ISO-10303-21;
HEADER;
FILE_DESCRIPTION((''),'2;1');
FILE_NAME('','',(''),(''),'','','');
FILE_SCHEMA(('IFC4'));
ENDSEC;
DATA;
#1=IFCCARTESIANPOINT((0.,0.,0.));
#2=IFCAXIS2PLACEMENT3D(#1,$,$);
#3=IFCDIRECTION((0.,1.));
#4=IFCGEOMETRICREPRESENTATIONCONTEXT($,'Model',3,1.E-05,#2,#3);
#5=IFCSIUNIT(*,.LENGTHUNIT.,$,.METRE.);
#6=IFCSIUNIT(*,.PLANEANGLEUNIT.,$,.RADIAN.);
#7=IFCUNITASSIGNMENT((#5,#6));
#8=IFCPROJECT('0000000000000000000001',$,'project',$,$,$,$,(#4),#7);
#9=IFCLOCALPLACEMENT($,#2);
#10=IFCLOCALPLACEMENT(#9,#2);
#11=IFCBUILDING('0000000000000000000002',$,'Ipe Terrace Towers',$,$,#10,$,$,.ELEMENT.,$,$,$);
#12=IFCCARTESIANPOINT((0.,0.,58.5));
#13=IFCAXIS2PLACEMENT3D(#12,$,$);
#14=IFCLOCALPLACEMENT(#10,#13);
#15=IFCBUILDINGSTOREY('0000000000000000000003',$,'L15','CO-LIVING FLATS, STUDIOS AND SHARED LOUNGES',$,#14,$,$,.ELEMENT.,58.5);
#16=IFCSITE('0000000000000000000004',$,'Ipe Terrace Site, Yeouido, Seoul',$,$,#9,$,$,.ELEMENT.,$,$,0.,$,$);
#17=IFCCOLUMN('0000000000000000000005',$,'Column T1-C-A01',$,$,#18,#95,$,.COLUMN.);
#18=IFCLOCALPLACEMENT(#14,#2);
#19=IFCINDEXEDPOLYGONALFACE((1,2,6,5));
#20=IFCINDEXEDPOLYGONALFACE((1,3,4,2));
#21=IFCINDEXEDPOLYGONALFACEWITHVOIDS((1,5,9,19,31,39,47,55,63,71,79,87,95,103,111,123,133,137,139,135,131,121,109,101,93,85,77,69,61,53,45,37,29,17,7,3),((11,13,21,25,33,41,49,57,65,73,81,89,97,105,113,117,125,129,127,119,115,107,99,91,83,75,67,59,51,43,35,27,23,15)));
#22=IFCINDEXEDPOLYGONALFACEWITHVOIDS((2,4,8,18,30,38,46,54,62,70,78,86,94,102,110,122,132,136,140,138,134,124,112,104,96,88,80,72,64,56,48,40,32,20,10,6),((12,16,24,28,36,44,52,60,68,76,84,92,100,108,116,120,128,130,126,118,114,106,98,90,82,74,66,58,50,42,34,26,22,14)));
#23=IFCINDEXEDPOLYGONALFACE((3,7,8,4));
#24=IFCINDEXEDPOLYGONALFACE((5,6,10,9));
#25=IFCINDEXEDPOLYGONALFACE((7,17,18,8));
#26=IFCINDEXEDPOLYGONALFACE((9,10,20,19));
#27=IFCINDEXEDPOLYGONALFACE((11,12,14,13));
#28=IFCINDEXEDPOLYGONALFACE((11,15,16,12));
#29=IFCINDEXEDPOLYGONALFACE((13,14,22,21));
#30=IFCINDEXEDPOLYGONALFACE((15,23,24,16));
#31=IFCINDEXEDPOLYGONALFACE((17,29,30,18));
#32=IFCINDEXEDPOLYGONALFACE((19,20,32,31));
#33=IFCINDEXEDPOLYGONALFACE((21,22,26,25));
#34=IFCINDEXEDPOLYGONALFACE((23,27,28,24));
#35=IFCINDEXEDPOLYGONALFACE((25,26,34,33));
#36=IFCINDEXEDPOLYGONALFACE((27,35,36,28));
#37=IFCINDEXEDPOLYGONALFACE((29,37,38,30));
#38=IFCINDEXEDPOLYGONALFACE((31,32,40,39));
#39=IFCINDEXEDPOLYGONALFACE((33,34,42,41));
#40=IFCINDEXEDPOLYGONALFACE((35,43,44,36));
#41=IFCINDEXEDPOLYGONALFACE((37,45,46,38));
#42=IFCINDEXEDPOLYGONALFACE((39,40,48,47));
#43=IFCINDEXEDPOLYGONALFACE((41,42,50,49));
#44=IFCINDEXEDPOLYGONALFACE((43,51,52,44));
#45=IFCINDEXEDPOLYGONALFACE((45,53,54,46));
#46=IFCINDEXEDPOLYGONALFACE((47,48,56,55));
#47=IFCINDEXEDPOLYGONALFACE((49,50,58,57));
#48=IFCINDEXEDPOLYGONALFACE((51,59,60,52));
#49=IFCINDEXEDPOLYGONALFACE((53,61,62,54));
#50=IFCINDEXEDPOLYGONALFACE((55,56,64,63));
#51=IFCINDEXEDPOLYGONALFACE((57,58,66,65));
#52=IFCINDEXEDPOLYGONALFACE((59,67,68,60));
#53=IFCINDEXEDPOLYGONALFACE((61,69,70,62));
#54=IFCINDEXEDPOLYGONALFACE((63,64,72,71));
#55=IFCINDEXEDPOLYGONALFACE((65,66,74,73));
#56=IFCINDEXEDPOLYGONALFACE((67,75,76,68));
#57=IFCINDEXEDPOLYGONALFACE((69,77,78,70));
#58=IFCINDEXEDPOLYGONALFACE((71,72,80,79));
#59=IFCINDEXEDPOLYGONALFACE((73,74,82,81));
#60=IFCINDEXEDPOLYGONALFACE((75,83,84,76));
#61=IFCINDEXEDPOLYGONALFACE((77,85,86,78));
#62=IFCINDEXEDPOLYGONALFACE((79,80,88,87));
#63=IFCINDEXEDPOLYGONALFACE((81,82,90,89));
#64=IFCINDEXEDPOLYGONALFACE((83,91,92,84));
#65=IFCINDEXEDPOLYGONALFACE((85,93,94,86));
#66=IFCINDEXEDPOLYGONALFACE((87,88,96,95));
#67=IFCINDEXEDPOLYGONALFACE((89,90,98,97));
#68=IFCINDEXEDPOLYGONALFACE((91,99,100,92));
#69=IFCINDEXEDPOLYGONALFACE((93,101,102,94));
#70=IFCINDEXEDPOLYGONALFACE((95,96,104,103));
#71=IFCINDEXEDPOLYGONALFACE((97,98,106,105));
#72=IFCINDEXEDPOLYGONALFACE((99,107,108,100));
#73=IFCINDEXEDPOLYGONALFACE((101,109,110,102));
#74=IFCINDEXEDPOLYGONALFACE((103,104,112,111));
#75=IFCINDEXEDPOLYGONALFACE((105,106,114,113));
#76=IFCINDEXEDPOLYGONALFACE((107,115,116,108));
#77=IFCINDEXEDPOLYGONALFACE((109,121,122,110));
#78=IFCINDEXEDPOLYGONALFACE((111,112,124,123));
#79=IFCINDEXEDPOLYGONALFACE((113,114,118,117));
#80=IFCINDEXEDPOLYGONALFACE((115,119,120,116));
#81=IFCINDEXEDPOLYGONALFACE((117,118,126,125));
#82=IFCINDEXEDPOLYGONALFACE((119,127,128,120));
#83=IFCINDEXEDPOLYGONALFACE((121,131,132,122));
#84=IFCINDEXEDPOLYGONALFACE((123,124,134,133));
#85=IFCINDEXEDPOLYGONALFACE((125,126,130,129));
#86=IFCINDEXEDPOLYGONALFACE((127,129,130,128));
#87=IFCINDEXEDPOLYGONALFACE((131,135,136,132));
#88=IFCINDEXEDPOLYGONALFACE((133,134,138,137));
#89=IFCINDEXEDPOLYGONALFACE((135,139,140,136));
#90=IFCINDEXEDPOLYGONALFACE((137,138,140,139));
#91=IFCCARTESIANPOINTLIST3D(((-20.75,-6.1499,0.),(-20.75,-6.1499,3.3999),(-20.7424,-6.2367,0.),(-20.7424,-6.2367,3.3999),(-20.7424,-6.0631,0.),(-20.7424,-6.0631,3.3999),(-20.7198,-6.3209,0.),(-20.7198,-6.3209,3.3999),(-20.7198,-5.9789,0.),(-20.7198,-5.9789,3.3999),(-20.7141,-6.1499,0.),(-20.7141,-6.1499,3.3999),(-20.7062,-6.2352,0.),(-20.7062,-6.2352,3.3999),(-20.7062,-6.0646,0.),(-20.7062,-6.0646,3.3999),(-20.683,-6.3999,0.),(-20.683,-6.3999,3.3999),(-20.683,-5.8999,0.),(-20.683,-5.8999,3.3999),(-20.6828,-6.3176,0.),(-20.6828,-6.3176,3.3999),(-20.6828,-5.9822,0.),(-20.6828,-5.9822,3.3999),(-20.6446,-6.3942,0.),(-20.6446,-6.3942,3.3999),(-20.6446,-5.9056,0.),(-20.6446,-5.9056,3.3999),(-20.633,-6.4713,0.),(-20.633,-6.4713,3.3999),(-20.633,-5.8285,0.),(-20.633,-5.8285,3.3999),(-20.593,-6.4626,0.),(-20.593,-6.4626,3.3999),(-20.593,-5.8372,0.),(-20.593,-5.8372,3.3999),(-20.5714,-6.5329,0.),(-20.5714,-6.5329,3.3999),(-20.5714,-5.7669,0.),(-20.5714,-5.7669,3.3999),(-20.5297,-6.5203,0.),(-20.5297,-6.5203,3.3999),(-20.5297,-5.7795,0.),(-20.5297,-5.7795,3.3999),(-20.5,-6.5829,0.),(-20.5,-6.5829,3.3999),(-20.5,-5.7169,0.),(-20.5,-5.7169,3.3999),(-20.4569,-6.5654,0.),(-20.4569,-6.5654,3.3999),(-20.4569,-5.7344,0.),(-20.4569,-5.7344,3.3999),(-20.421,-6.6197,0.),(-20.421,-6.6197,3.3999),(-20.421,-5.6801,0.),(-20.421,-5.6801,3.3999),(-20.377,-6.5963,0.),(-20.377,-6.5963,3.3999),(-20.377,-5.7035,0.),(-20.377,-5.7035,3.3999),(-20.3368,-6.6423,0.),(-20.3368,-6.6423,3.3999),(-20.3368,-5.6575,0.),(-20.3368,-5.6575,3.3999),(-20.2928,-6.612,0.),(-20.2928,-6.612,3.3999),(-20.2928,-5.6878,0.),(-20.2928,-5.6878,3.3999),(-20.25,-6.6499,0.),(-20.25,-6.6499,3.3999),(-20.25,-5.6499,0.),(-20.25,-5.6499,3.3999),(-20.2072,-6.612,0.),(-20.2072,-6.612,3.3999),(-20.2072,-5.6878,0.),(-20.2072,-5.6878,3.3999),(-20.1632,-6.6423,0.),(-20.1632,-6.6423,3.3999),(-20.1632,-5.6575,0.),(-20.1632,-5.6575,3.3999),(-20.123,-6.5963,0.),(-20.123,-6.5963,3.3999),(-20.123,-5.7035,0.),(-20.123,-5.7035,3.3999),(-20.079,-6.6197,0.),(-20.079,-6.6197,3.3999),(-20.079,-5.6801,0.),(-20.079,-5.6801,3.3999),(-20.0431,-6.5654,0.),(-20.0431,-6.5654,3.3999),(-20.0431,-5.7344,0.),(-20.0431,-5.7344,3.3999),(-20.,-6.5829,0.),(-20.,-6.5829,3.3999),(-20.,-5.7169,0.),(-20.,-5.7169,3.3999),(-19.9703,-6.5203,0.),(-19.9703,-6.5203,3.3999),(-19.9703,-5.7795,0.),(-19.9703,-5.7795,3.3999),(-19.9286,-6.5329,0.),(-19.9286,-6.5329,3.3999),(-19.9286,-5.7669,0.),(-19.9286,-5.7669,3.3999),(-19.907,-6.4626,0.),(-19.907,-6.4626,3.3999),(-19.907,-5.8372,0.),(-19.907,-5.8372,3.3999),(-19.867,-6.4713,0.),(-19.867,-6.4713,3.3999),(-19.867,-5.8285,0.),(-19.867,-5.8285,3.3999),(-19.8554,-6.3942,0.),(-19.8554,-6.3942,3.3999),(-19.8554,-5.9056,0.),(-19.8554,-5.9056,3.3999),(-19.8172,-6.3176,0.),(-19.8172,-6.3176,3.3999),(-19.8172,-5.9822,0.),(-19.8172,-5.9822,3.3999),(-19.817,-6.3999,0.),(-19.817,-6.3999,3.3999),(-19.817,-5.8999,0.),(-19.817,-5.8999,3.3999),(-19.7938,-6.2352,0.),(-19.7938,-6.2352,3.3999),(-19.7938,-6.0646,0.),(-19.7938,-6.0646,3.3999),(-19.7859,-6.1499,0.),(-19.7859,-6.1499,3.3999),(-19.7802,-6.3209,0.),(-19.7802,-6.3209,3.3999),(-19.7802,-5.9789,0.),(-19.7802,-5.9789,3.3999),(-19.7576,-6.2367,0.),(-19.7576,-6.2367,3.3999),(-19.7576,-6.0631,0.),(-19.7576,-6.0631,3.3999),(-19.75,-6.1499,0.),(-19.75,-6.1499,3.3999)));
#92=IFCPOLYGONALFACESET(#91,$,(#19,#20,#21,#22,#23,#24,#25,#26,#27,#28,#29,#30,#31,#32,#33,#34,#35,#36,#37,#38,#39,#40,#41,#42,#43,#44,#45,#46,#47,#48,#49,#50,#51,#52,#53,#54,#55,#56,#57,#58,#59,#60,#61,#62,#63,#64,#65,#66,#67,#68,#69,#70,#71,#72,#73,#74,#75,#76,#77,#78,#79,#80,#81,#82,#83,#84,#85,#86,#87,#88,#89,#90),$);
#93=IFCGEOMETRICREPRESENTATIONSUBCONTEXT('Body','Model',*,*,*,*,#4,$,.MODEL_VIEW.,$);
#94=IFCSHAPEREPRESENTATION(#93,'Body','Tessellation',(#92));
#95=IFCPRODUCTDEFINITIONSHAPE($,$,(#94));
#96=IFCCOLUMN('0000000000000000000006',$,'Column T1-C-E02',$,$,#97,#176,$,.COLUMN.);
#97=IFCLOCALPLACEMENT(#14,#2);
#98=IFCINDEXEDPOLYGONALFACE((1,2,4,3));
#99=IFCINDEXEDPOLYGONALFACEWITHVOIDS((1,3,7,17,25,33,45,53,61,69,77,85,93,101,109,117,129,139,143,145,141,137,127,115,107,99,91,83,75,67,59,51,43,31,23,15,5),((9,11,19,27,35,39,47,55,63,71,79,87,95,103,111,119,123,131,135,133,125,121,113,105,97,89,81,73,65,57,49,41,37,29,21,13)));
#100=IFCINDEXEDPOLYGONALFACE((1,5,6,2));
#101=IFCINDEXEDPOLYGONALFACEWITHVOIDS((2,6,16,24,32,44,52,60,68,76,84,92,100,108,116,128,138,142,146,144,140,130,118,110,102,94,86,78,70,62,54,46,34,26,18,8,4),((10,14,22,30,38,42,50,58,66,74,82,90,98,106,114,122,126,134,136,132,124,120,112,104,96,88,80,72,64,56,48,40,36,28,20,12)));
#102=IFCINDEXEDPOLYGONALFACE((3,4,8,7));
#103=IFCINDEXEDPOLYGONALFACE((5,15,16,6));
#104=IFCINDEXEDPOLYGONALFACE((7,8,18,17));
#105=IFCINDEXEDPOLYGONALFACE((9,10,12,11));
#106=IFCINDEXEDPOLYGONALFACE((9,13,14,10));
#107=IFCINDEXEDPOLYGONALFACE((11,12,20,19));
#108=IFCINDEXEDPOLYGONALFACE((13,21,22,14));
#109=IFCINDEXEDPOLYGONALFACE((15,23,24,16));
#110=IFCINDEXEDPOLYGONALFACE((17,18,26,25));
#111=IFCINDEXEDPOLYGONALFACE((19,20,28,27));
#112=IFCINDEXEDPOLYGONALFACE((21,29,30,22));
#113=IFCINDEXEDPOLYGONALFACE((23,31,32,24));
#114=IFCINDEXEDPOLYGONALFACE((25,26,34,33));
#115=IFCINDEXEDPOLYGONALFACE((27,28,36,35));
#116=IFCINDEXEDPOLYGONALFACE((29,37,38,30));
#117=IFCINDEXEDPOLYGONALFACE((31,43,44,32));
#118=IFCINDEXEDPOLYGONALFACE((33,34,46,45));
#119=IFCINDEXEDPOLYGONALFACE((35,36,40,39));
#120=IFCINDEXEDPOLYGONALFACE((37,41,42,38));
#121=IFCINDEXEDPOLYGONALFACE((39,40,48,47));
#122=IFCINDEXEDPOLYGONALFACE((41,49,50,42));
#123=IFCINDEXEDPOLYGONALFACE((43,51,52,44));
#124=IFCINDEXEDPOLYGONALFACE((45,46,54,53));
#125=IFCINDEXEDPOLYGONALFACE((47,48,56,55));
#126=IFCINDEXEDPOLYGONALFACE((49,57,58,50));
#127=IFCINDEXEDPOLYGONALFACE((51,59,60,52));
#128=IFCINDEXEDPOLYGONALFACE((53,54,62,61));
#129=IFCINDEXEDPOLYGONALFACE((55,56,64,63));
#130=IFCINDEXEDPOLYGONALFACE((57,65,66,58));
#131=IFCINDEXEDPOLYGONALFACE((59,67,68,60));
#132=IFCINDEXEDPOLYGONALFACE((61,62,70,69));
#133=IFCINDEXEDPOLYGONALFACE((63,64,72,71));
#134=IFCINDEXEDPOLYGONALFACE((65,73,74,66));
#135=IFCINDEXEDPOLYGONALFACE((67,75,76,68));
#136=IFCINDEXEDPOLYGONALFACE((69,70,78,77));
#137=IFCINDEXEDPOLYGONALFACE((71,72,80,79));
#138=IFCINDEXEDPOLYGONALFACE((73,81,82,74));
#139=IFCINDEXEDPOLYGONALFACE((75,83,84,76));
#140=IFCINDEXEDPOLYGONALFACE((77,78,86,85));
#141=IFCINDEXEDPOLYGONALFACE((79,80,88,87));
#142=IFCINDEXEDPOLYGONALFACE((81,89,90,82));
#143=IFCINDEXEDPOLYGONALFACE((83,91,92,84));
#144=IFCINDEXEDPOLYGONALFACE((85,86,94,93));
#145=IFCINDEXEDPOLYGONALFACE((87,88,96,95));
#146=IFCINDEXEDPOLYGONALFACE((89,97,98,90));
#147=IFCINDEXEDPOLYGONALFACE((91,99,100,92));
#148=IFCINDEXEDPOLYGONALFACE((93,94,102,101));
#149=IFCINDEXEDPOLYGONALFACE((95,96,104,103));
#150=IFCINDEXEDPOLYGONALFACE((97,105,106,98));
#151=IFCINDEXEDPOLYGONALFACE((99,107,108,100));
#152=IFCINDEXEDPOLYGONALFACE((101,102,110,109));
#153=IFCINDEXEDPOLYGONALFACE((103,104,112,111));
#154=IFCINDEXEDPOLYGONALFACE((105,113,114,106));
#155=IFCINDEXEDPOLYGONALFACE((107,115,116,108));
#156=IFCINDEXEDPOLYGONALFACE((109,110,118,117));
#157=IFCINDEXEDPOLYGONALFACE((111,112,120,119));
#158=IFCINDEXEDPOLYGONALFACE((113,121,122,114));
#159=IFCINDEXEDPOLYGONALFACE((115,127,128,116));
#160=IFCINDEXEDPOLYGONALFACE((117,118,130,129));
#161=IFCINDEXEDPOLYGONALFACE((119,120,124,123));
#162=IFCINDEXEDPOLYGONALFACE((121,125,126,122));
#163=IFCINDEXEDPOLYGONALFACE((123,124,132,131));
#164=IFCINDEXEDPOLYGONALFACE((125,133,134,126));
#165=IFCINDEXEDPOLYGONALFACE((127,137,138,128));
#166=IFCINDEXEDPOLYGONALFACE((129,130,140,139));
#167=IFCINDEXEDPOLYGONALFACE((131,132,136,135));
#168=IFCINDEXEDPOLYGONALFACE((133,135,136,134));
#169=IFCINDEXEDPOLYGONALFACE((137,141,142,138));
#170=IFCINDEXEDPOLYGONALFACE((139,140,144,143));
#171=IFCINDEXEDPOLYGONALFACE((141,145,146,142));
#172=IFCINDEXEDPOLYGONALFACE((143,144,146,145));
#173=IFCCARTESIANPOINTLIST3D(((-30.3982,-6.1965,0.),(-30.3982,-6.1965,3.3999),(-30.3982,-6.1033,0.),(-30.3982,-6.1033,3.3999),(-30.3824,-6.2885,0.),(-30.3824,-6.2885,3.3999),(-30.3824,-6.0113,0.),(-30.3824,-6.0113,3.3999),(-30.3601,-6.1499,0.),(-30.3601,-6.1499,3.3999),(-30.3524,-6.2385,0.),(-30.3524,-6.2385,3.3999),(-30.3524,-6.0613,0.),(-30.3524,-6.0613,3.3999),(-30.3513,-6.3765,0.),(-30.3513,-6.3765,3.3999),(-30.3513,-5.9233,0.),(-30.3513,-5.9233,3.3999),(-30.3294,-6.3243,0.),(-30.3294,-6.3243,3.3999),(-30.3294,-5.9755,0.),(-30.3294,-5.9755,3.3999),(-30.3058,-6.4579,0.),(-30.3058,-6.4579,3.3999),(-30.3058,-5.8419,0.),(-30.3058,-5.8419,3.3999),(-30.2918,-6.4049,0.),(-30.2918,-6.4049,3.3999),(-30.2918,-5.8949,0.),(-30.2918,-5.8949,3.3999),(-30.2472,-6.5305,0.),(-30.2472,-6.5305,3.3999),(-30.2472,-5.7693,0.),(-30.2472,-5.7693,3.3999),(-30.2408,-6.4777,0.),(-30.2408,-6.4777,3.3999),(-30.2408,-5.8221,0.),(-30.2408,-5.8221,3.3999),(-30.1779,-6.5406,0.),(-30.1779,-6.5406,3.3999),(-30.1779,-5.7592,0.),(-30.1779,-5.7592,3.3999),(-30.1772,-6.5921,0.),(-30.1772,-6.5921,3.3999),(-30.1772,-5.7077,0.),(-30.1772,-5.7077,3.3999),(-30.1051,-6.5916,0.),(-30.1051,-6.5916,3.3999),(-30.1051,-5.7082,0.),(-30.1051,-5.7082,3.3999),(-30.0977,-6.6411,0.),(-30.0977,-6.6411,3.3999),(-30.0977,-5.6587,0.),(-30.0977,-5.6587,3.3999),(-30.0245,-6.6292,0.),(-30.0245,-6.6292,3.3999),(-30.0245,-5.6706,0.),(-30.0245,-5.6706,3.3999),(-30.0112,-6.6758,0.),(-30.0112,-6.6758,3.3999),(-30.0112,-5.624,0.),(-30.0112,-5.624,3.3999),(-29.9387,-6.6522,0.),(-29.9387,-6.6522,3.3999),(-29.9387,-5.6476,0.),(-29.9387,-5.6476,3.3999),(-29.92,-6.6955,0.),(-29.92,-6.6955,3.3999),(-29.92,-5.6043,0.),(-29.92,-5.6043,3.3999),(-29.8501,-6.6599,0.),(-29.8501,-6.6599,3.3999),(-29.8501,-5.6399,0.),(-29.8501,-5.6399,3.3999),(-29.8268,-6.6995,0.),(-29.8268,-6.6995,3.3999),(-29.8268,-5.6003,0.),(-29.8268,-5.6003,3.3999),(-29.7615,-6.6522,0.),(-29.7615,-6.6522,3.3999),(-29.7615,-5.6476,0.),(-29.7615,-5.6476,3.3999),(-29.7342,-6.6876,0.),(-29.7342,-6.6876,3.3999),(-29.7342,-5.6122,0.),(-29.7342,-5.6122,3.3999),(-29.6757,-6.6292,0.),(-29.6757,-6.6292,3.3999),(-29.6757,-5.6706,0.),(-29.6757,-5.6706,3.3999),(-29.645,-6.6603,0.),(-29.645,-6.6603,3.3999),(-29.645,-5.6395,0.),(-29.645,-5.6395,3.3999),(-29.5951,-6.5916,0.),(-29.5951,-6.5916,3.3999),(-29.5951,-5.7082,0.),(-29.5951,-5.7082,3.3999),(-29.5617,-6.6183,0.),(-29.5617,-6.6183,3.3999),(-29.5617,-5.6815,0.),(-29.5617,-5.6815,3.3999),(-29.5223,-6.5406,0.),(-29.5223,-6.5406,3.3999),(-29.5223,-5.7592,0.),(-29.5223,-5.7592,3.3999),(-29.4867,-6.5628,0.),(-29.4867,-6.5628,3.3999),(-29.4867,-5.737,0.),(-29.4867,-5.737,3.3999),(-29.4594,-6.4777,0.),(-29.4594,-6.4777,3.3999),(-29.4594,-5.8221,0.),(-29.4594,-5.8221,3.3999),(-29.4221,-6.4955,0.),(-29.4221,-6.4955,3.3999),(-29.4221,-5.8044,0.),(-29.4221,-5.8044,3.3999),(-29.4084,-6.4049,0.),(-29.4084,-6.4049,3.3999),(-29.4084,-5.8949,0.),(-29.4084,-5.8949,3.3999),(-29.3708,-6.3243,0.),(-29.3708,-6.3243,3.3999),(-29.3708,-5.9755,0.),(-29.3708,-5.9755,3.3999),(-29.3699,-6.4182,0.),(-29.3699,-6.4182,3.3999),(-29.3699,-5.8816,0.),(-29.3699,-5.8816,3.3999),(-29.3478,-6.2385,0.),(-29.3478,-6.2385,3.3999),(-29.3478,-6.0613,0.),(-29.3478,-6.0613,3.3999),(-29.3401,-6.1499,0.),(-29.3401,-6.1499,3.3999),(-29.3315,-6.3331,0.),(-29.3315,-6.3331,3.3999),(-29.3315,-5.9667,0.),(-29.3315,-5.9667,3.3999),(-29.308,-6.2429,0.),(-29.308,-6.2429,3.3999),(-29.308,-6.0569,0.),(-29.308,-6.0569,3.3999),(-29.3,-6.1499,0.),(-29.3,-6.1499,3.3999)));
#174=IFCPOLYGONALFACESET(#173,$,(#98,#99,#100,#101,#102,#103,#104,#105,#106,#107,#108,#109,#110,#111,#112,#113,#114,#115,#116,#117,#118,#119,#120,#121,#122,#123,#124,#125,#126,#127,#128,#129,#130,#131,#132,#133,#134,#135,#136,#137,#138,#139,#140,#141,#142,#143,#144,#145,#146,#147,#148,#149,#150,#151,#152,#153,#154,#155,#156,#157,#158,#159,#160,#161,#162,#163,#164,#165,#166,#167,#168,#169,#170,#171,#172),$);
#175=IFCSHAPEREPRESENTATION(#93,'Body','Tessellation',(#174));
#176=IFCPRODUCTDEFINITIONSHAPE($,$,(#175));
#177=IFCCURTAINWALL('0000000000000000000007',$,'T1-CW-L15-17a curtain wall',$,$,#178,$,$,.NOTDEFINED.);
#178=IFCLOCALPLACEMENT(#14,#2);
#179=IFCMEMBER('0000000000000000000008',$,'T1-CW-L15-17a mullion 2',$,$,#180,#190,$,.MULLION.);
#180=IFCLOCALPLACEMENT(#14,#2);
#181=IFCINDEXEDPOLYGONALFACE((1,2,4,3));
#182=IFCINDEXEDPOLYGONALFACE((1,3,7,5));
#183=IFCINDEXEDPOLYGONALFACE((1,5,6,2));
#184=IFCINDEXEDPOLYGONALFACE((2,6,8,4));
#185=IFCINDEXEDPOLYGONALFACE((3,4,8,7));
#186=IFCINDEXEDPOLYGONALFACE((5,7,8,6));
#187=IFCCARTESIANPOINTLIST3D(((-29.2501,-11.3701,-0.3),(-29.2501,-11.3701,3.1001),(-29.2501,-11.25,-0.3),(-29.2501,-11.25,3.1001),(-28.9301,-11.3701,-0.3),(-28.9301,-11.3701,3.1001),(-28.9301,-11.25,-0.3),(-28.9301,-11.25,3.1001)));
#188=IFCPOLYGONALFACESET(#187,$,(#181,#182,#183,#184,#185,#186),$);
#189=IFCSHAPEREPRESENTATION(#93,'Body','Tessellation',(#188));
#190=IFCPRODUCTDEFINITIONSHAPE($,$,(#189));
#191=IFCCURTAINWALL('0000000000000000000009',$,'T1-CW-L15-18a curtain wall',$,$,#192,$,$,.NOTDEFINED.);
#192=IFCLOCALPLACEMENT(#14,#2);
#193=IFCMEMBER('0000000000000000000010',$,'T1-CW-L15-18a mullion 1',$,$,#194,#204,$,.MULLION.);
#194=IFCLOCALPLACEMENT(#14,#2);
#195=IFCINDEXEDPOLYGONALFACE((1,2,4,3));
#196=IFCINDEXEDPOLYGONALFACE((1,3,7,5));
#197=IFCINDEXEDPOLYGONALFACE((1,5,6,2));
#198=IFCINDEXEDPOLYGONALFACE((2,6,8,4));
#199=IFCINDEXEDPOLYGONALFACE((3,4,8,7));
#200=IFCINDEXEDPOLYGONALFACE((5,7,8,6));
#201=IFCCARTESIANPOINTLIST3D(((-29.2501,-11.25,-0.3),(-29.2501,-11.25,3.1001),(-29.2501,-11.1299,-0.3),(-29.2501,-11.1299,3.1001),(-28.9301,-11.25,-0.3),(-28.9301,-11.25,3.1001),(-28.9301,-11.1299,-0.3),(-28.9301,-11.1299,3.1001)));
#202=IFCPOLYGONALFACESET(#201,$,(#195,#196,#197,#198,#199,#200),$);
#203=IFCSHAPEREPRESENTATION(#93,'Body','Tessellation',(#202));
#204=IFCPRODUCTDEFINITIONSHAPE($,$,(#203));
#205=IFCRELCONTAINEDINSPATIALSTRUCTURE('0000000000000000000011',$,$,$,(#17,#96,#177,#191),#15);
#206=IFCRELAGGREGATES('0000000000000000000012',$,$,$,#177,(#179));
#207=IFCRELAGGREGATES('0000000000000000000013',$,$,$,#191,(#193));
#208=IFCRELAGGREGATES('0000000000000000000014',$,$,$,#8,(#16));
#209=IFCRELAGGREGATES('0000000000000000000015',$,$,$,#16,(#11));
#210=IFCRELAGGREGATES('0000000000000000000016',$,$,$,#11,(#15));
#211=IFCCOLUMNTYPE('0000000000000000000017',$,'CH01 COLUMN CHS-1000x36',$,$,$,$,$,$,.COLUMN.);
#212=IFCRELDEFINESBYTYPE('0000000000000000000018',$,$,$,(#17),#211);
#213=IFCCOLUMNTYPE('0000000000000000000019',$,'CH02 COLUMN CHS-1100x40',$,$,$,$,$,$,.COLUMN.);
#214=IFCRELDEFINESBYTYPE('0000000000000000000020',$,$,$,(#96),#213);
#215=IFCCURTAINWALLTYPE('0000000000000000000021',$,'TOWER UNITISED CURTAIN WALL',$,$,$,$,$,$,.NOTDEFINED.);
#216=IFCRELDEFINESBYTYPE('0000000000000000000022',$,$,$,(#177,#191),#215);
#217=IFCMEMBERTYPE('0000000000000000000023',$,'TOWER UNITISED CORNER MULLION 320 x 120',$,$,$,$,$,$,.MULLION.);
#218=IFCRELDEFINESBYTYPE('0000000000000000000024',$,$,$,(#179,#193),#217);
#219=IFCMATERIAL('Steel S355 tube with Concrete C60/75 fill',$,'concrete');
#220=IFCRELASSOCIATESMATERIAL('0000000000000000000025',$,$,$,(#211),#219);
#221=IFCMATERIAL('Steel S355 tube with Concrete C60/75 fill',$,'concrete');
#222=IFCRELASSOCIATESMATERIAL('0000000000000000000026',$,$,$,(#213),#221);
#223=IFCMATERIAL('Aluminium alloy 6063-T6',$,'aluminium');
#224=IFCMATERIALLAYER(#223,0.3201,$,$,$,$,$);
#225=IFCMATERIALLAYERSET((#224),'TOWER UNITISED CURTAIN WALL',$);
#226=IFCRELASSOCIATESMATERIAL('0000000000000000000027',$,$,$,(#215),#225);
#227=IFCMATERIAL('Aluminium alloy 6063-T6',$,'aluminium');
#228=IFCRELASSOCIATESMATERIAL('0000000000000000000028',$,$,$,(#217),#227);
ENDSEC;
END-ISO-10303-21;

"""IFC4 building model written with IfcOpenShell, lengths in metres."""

from ifc_helpers import new_model, si_unit, direction, frame, origin, origin_2d, place, context, subcontext, project, spatial, rectangle, hollow_circle, extrude, material, layer, layer_set, material_profile, profile_set, type_object, element, aggregate, save


model = new_model("IFC4")

# Units and contexts
model_context = context("Model", 3, precision=1e-05, world=origin(), true_north=direction((0.0, 1.0)))
body_context = subcontext(model_context, "Body", "Model", "MODEL_VIEW")
ifc_project = project(units=[si_unit("LENGTHUNIT", "METRE"), si_unit("PLANEANGLEUNIT", "RADIAN")], contexts=[model_context])

# Site, building, storey
site_placement = place(None, origin())
site = spatial("IfcSite", under=ifc_project, at=site_placement, Name="Ipe Terrace Site, Yeouido, Seoul", CompositionType="ELEMENT", RefElevation=0.0)
building_placement = place(site_placement, origin())
building = spatial("IfcBuilding", under=site, at=building_placement, Name="Ipe Terrace Towers", CompositionType="ELEMENT")
storey_placement = place(building_placement, frame((0.0, 0.0, 58.5)))
storey = spatial("IfcBuildingStorey", under=building, at=storey_placement, Name="L15", Description="CO-LIVING FLATS, STUDIOS AND SHARED LOUNGES", CompositionType="ELEMENT", Elevation=58.5)

# Columns
ifc_material_1 = material(Name="Steel S355 tube with Concrete C60/75 fill", Category="concrete")
ifc_material_profile_1 = material_profile(ifc_material_1, hollow_circle(Radius=0.5, WallThickness=0.0359, at=origin_2d()), Name="CHS-1000x36")
ifc_profile_set_1 = profile_set([ifc_material_profile_1], Name="Steel S355 tube with Concrete C60/75 fill")
column_type_1 = type_object("IfcColumnType", Name="CH01 COLUMN CHS-1000x36", PredefinedType="COLUMN", material=ifc_profile_set_1)
column_1_placement = place(storey_placement, frame((-20.25, -6.1499, 0.0), z_axis=(0.0, 0.0, 1.0), x_axis=(1.0, 0.0, 0.0)))
element("IfcColumn", 1, at=column_1_placement, inside=storey, type_object=column_type_1, Name="Column T1-C-A01", PredefinedType="COLUMN", context=body_context, shape_type="SweptSolid", body=[
    extrude(hollow_circle(Radius=0.5, WallThickness=0.0359, at=origin_2d()), origin(), (0.0, 0.0, 1.0), 3.3999),
])
ifc_material_2 = material(Name="Steel S355 tube with Concrete C60/75 fill", Category="concrete")
ifc_material_profile_2 = material_profile(ifc_material_2, hollow_circle(Radius=0.55, WallThickness=0.04, at=origin_2d()), Name="CHS-1100x40")
ifc_profile_set_2 = profile_set([ifc_material_profile_2], Name="Steel S355 tube with Concrete C60/75 fill")
column_type_2 = type_object("IfcColumnType", Name="CH02 COLUMN CHS-1100x40", PredefinedType="COLUMN", material=ifc_profile_set_2)
column_2_placement = place(storey_placement, frame((-29.8501, -6.1499, 0.0), z_axis=(0.0, 0.0, 1.0), x_axis=(1.0, 0.0, 0.0)))
element("IfcColumn", 2, at=column_2_placement, inside=storey, type_object=column_type_2, Name="Column T1-C-E02", PredefinedType="COLUMN", context=body_context, shape_type="SweptSolid", body=[
    extrude(hollow_circle(Radius=0.55, WallThickness=0.04, at=origin_2d()), origin(), (0.0, 0.0, 1.0), 3.3999),
])

# Curtain wall, member
ifc_material_3 = material(Name="Aluminium alloy 6063-T6", Category="aluminium")
ifc_layer_1 = layer(ifc_material_3, 0.3201)
ifc_layer_set_1 = layer_set([ifc_layer_1], Name="TOWER UNITISED CURTAIN WALL")
curtain_wall_type = type_object("IfcCurtainWallType", Name="TOWER UNITISED CURTAIN WALL", PredefinedType="NOTDEFINED", material=ifc_layer_set_1)
curtain_wall_1_placement = place(storey_placement, origin())
curtain_wall_1 = element("IfcCurtainWall", 3, at=curtain_wall_1_placement, inside=storey, type_object=curtain_wall_type, Name="T1-CW-L15-17a curtain wall", PredefinedType="NOTDEFINED")
ifc_material_4 = material(Name="Aluminium alloy 6063-T6", Category="aluminium")
ifc_material_profile_3 = material_profile(ifc_material_4, rectangle(XDim=0.3201, YDim=0.1201, at=origin_2d()), Name="TOWER UNITISED CORNER MULLION 320 x 120")
ifc_profile_set_3 = profile_set([ifc_material_profile_3], Name="Aluminium alloy 6063-T6")
member_type = type_object("IfcMemberType", Name="TOWER UNITISED CORNER MULLION 320 x 120", PredefinedType="MULLION", material=ifc_profile_set_3)
member_1_placement = place(storey_placement, frame((-29.0901, -11.3101, -0.3), z_axis=(0.0, 0.0, 1.0), x_axis=(1.0, 0.0, 0.0)))
member_1 = element("IfcMember", 4, at=member_1_placement, type_object=member_type, Name="T1-CW-L15-17a mullion 2", PredefinedType="MULLION", context=body_context, shape_type="SweptSolid", body=[
    extrude(rectangle(XDim=0.3201, YDim=0.1201, at=origin_2d()), origin(), (0.0, 0.0, 1.0), 3.4001),
])
aggregate(curtain_wall_1, [member_1])

# Curtain wall, member
curtain_wall_2_placement = place(storey_placement, origin())
curtain_wall_2 = element("IfcCurtainWall", 5, at=curtain_wall_2_placement, inside=storey, type_object=curtain_wall_type, Name="T1-CW-L15-18a curtain wall", PredefinedType="NOTDEFINED")
member_2_placement = place(storey_placement, frame((-29.0901, -11.1899, -0.3), z_axis=(0.0, 0.0, 1.0), x_axis=(1.0, 0.0, 0.0)))
member_2 = element("IfcMember", 6, at=member_2_placement, type_object=member_type, Name="T1-CW-L15-18a mullion 1", PredefinedType="MULLION", context=body_context, shape_type="SweptSolid", body=[
    extrude(rectangle(XDim=0.3201, YDim=0.1201, at=origin_2d()), origin(), (0.0, 0.0, 1.0), 3.4001),
])
aggregate(curtain_wall_2, [member_2])

save(model, "model.ifc")
